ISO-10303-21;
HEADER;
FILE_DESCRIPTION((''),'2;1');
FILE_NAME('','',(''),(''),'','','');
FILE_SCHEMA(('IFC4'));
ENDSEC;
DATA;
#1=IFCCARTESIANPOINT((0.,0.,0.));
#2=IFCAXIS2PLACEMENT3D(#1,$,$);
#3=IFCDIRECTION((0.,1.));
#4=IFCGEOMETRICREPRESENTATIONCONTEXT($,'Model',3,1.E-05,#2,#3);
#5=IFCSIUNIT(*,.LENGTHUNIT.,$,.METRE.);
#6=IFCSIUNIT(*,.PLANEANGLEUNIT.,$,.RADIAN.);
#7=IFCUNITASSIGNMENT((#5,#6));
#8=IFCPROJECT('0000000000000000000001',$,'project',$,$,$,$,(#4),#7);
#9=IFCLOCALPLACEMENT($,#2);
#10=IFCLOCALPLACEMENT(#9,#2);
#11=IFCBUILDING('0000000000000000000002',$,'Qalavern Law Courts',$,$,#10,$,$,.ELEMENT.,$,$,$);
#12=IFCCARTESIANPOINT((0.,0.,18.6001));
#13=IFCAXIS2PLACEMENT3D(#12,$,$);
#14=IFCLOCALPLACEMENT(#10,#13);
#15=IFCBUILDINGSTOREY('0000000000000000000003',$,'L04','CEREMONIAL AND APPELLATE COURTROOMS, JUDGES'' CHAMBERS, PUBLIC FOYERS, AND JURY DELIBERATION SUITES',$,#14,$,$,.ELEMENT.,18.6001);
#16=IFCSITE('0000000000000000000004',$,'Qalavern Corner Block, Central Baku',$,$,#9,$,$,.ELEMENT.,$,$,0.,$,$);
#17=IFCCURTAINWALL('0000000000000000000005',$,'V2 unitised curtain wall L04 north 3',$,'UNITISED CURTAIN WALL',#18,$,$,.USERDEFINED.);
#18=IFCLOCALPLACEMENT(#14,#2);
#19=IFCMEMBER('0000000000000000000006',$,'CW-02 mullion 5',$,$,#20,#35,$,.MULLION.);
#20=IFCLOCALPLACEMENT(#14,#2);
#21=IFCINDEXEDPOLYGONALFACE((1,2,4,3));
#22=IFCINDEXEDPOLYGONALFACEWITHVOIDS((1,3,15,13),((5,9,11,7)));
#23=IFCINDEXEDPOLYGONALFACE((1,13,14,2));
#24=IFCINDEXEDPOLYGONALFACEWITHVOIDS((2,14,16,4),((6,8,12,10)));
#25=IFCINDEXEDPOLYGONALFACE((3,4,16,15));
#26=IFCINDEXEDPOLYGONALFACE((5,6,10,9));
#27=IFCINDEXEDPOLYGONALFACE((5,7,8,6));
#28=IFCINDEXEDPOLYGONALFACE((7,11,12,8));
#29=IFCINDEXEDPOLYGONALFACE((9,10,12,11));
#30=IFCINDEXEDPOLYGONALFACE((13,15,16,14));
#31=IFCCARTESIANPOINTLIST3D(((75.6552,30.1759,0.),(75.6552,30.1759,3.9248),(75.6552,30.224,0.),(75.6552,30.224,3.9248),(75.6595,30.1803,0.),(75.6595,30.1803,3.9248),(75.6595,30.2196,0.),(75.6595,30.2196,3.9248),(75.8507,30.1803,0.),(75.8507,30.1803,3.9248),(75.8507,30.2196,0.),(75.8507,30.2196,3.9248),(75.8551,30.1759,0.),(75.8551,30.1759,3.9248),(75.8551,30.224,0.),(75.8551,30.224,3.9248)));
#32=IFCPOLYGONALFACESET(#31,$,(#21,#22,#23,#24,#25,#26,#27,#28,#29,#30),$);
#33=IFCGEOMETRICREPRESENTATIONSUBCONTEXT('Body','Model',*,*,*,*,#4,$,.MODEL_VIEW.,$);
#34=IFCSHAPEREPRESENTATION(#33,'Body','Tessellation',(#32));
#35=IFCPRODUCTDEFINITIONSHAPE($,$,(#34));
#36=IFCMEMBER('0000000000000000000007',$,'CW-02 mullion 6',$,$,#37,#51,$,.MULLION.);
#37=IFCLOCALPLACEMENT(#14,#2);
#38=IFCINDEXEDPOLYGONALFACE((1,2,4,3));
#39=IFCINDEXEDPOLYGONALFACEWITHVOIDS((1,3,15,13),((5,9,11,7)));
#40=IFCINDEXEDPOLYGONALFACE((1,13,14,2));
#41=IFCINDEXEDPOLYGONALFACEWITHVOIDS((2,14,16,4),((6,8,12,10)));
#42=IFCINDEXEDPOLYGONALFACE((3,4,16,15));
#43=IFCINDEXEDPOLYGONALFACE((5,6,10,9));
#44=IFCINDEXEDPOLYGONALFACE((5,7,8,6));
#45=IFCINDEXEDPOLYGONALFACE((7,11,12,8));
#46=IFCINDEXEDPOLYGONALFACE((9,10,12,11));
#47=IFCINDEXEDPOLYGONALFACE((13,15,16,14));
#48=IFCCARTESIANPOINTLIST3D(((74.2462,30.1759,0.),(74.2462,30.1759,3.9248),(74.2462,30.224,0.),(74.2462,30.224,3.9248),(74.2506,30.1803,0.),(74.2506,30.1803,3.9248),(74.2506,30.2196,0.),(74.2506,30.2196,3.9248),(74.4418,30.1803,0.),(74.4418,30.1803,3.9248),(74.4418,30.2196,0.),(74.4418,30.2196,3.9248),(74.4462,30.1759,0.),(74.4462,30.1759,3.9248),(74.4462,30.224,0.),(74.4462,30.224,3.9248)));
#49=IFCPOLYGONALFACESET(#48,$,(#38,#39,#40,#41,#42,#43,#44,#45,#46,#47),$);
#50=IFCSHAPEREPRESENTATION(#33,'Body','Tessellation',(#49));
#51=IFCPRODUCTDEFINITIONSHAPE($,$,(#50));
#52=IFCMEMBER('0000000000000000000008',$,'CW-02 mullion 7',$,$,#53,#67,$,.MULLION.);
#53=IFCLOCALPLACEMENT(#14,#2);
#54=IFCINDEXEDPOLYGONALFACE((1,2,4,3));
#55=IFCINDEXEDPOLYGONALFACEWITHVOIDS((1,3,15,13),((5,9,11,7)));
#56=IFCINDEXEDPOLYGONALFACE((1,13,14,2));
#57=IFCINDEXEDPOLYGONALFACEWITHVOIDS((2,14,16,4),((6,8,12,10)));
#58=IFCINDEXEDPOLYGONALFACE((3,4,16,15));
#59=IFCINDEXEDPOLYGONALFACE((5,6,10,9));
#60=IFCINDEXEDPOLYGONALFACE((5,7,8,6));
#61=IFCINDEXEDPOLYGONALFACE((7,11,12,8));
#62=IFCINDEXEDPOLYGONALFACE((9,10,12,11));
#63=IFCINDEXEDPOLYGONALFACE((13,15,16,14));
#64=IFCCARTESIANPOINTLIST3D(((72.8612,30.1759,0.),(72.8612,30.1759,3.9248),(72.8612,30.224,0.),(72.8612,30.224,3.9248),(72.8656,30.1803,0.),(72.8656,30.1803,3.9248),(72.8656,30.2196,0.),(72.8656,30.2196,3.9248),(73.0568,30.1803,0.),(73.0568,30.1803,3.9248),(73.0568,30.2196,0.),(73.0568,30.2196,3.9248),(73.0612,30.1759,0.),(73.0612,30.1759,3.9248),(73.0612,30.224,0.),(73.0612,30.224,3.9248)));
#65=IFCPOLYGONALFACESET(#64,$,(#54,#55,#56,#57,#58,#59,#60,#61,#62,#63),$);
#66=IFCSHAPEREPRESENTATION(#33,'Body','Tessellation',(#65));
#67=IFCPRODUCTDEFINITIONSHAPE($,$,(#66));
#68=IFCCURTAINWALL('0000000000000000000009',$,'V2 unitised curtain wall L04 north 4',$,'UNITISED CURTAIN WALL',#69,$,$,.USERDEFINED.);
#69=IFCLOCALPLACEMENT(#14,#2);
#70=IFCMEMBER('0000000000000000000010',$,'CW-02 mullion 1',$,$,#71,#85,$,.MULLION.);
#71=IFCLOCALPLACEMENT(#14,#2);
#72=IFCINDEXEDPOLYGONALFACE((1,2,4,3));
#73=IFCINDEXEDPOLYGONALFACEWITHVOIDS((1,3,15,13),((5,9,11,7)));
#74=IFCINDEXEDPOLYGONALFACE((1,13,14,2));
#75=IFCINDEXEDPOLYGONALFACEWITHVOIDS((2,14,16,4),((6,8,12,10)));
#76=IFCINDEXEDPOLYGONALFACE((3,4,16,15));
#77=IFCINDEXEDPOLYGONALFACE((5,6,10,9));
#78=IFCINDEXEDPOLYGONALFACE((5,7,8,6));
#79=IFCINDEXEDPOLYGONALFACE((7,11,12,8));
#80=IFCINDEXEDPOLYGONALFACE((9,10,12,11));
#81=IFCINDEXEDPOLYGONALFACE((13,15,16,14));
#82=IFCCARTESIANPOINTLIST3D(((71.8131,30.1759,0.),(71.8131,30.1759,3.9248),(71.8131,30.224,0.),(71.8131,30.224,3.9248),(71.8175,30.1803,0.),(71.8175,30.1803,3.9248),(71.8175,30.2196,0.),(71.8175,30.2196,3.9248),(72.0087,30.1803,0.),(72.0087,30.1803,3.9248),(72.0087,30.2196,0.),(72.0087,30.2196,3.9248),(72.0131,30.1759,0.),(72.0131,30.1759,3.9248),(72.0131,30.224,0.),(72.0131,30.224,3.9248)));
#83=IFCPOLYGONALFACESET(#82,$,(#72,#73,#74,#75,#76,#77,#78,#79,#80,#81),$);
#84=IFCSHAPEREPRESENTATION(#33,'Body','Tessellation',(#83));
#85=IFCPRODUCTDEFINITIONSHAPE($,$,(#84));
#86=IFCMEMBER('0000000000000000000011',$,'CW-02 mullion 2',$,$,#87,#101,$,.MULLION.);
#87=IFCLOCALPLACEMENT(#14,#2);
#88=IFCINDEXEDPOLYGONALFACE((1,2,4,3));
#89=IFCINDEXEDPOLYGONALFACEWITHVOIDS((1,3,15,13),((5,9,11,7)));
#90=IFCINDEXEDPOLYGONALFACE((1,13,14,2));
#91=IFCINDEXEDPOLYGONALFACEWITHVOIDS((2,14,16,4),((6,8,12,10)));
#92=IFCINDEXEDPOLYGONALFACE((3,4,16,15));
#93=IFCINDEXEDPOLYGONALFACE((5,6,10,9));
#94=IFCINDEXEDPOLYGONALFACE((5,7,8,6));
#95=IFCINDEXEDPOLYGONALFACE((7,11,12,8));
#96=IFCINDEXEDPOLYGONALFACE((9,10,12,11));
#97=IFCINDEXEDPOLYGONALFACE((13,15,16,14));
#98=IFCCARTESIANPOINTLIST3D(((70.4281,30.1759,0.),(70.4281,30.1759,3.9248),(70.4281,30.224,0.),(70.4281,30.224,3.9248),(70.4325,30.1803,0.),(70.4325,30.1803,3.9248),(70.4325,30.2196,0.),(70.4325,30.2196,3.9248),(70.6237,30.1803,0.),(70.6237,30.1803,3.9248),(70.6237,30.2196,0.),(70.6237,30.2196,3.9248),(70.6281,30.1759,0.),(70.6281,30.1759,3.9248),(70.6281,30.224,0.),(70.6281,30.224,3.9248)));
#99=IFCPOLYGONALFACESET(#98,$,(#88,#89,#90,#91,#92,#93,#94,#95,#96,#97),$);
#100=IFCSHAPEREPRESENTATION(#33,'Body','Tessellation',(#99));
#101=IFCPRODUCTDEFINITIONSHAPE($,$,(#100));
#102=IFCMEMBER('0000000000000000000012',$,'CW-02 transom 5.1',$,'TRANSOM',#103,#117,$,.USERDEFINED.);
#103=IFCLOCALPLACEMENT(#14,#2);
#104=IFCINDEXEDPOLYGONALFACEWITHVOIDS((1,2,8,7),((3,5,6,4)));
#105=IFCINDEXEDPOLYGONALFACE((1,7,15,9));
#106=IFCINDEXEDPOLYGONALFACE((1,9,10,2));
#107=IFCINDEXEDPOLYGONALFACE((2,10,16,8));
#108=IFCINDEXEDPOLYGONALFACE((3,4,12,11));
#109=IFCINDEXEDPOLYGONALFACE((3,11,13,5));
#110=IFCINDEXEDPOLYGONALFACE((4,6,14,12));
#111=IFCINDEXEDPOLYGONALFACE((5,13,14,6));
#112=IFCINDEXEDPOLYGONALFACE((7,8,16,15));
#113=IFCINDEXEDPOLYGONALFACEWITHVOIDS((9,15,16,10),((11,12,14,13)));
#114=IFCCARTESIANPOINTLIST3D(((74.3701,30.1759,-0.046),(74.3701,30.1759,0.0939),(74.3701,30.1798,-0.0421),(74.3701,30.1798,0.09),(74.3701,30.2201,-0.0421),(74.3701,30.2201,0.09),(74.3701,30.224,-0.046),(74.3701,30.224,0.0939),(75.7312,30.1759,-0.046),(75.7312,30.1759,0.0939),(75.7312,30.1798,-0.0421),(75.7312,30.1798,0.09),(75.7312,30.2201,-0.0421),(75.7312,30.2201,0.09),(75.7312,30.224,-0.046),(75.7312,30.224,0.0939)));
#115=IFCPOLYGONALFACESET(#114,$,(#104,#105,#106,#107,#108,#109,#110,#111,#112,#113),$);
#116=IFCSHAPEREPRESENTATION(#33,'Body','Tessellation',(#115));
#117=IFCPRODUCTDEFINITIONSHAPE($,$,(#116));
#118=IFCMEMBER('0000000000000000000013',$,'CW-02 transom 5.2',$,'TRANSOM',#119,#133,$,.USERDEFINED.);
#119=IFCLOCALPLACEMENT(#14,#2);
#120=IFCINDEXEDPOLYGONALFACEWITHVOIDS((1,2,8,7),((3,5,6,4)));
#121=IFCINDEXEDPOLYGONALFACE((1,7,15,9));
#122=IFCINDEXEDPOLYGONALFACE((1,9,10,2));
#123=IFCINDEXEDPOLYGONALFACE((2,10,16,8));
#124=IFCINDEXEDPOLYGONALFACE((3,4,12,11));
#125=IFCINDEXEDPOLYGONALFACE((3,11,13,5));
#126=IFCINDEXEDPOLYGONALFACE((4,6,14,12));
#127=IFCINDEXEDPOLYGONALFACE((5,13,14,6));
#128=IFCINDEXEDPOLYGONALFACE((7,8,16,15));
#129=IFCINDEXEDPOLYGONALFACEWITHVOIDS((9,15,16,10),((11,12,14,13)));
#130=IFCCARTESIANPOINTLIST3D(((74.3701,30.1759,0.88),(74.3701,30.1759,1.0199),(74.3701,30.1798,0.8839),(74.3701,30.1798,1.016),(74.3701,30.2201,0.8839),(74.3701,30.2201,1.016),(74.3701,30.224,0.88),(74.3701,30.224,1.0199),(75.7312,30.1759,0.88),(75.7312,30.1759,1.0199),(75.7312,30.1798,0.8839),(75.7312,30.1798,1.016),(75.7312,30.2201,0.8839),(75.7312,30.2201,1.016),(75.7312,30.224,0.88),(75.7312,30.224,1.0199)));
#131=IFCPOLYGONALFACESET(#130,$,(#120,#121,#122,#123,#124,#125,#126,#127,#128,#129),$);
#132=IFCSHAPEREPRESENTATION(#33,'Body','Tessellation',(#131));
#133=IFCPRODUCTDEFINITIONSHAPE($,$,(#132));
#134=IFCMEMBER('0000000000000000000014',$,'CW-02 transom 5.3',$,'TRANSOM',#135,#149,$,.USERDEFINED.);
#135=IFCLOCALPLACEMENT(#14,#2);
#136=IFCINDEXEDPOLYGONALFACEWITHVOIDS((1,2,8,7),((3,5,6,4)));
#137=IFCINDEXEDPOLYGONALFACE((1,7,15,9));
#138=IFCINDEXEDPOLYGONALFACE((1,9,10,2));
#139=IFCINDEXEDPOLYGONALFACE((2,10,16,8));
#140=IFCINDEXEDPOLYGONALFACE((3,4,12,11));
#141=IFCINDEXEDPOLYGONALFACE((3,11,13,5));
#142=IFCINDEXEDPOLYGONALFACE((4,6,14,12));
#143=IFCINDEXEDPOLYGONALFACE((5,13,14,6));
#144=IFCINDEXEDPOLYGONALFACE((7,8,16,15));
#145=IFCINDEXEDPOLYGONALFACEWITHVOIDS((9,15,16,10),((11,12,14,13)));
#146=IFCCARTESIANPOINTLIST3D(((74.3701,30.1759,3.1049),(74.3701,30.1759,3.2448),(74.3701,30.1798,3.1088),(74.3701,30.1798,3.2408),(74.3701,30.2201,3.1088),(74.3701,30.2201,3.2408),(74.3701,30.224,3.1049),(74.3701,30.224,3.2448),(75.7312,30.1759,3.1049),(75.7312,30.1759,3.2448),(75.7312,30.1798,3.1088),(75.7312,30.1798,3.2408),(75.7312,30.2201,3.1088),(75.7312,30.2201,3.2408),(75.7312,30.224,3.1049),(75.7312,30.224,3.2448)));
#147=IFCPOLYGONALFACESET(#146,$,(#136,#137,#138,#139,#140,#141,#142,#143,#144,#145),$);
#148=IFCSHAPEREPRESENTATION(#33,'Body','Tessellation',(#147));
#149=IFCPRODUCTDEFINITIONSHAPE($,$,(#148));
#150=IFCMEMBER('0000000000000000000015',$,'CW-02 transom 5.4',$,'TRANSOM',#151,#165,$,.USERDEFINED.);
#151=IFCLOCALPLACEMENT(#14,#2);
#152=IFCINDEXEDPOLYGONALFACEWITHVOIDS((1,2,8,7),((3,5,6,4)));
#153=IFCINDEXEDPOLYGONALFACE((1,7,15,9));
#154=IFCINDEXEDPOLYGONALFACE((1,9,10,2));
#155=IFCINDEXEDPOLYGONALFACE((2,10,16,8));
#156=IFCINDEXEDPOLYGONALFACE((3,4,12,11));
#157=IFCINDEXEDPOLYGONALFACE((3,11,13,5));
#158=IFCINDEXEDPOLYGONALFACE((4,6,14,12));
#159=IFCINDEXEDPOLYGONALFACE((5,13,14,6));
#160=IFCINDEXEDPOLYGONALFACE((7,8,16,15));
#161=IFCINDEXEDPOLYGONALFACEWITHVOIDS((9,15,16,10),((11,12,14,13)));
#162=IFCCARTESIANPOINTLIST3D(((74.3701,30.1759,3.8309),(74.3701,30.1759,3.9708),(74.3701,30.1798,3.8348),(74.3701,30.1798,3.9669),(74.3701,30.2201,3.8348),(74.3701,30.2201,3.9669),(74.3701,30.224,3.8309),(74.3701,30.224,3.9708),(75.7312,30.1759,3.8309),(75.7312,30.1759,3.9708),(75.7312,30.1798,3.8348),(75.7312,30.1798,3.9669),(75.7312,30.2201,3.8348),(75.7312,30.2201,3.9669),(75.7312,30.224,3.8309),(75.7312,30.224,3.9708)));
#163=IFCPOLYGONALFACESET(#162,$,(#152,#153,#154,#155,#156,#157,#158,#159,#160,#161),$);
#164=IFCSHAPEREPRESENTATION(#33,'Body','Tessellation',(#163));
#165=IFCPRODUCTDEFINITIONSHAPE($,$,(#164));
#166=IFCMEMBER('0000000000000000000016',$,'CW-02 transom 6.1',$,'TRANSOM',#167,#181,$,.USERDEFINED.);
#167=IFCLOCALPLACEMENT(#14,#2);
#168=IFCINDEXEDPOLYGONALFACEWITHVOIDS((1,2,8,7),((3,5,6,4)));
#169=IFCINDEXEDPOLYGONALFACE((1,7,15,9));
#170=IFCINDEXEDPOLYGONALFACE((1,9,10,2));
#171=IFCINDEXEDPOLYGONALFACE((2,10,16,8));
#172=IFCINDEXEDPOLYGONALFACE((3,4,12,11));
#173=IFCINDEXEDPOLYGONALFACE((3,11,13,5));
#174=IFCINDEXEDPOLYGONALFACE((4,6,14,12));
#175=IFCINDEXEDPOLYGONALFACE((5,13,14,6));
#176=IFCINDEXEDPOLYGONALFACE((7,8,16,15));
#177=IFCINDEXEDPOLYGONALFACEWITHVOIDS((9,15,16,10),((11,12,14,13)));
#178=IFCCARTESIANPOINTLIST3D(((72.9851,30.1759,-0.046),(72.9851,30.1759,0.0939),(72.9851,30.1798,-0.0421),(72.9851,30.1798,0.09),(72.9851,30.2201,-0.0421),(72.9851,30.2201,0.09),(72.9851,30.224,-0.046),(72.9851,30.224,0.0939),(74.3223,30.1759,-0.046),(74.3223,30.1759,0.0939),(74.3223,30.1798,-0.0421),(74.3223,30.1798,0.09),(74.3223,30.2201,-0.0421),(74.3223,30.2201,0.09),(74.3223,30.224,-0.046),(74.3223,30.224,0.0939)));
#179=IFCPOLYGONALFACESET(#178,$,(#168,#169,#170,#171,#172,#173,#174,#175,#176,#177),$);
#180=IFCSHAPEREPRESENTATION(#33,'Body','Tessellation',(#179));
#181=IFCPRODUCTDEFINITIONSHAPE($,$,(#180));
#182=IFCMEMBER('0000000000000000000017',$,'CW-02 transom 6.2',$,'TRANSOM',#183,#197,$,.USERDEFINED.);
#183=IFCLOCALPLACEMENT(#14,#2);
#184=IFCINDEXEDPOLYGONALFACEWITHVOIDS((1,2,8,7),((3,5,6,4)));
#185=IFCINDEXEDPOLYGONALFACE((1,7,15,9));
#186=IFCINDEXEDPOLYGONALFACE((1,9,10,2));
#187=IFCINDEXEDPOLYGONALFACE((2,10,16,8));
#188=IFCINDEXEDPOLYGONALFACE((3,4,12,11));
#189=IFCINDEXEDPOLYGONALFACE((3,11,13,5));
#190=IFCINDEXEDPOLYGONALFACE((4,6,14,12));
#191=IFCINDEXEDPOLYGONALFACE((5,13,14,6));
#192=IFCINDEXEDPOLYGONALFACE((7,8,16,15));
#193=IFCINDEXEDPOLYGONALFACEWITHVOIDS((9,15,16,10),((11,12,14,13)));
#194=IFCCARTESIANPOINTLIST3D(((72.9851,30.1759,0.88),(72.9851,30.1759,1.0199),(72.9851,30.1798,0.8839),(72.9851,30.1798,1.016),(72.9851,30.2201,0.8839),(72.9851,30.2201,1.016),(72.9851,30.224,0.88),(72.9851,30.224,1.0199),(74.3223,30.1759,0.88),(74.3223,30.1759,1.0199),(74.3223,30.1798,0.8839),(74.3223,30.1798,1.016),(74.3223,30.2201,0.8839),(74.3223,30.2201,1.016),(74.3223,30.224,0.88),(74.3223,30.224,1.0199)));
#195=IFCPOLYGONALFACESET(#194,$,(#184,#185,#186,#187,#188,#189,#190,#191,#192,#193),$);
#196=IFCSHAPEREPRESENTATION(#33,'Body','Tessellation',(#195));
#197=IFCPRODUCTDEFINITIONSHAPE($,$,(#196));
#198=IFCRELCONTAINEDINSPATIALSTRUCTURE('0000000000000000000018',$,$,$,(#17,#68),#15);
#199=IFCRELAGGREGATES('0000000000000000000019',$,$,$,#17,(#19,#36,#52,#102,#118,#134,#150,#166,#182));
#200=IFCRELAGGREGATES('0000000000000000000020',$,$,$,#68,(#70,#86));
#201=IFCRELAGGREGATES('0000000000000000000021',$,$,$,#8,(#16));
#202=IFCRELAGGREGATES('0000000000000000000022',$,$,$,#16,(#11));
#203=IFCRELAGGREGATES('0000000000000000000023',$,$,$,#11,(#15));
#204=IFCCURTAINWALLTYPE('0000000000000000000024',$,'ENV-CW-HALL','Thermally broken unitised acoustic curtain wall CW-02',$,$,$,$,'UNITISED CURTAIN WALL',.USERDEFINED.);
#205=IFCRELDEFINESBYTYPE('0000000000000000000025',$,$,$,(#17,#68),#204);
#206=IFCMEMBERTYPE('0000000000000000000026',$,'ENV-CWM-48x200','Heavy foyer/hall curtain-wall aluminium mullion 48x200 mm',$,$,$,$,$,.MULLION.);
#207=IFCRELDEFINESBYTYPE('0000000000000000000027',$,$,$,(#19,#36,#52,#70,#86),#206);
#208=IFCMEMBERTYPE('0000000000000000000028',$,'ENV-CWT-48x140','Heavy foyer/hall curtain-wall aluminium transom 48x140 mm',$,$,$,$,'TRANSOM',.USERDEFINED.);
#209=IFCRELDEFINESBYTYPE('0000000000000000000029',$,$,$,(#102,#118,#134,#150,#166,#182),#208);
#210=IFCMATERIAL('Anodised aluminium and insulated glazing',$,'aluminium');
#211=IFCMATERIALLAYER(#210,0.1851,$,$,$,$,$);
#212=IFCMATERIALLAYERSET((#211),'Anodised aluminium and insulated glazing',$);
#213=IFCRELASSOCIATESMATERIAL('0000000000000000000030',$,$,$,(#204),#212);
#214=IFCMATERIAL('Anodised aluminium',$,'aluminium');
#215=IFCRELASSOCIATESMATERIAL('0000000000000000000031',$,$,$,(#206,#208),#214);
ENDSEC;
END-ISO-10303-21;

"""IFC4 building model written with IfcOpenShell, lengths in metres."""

from ifc_helpers import new_model, si_unit, direction, frame, origin, origin_2d, place, context, subcontext, project, spatial, hollow_rectangle, extrude, material, layer, layer_set, material_profile, profile_set, type_object, element, aggregate, save


model = new_model("IFC4")

# Units and contexts
model_context = context("Model", 3, precision=1e-05, world=origin(), true_north=direction((0.0, 1.0)))
body_context = subcontext(model_context, "Body", "Model", "MODEL_VIEW")
ifc_project = project(units=[si_unit("LENGTHUNIT", "METRE"), si_unit("PLANEANGLEUNIT", "RADIAN")], contexts=[model_context])

# Site, building, storey
site_placement = place(None, origin())
site = spatial("IfcSite", under=ifc_project, at=site_placement, Name="Qalavern Corner Block, Central Baku", CompositionType="ELEMENT", RefElevation=0.0)
building_placement = place(site_placement, origin())
building = spatial("IfcBuilding", under=site, at=building_placement, Name="Qalavern Law Courts", CompositionType="ELEMENT")
storey_placement = place(building_placement, frame((0.0, 0.0, 18.6001)))
storey = spatial("IfcBuildingStorey", under=building, at=storey_placement, Name="L04", Description="CEREMONIAL AND APPELLATE COURTROOMS, JUDGES' CHAMBERS, PUBLIC FOYERS, AND JURY DELIBERATION SUITES", CompositionType="ELEMENT", Elevation=18.6001)

# Curtain walls, members
ifc_material_1 = material(Name="Anodised aluminium and insulated glazing", Category="aluminium")
ifc_layer_1 = layer(ifc_material_1, 0.1851)
ifc_layer_set_1 = layer_set([ifc_layer_1], Name="Anodised aluminium and insulated glazing")
curtain_wall_type = type_object("IfcCurtainWallType", Name="ENV-CW-HALL", Description="Thermally broken unitised acoustic curtain wall CW-02", ElementType="UNITISED CURTAIN WALL", PredefinedType="USERDEFINED", material=ifc_layer_set_1)
curtain_wall_1_placement = place(storey_placement, origin())
curtain_wall_1 = element("IfcCurtainWall", 1, at=curtain_wall_1_placement, inside=storey, type_object=curtain_wall_type, Name="V2 unitised curtain wall L04 north 3", ObjectType="UNITISED CURTAIN WALL", PredefinedType="USERDEFINED")
ifc_material_2 = material(Name="Anodised aluminium", Category="aluminium")
ifc_material_profile_1 = material_profile(ifc_material_2, hollow_rectangle(XDim=0.0481, YDim=0.2, WallThickness=0.0044, at=origin_2d()), Name="ALU MULLION 48x200")
ifc_profile_set_1 = profile_set([ifc_material_profile_1], Name="Anodised aluminium")
member_type_1 = type_object("IfcMemberType", Name="ENV-CWM-48x200", Description="Heavy foyer/hall curtain-wall aluminium mullion 48x200 mm", PredefinedType="MULLION", material=ifc_profile_set_1)
member_1_placement = place(storey_placement, frame((75.7551, 30.2, 0.0), z_axis=(0.0, 0.0, 1.0), x_axis=(0.0, -1.0, 0.0)))
member_1 = element("IfcMember", 2, at=member_1_placement, type_object=member_type_1, Name="CW-02 mullion 5", PredefinedType="MULLION", context=body_context, shape_type="SweptSolid", body=[
    extrude(hollow_rectangle(XDim=0.0481, YDim=0.2, WallThickness=0.0044, at=origin_2d()), origin(), (0.0, 0.0, 1.0), 3.9248),
])
member_2_placement = place(storey_placement, frame((74.3462, 30.2, 0.0), z_axis=(0.0, 0.0, 1.0), x_axis=(0.0, -1.0, 0.0)))
member_2 = element("IfcMember", 3, at=member_2_placement, type_object=member_type_1, Name="CW-02 mullion 6", PredefinedType="MULLION", context=body_context, shape_type="SweptSolid", body=[
    extrude(hollow_rectangle(XDim=0.0481, YDim=0.2, WallThickness=0.0044, at=origin_2d()), origin(), (0.0, 0.0, 1.0), 3.9248),
])
member_3_placement = place(storey_placement, frame((72.9612, 30.2, 0.0), z_axis=(0.0, 0.0, 1.0), x_axis=(0.0, -1.0, 0.0)))
member_3 = element("IfcMember", 4, at=member_3_placement, type_object=member_type_1, Name="CW-02 mullion 7", PredefinedType="MULLION", context=body_context, shape_type="SweptSolid", body=[
    extrude(hollow_rectangle(XDim=0.0481, YDim=0.2, WallThickness=0.0044, at=origin_2d()), origin(), (0.0, 0.0, 1.0), 3.9248),
])
curtain_wall_2_placement = place(storey_placement, origin())
curtain_wall_2 = element("IfcCurtainWall", 5, at=curtain_wall_2_placement, inside=storey, type_object=curtain_wall_type, Name="V2 unitised curtain wall L04 north 4", ObjectType="UNITISED CURTAIN WALL", PredefinedType="USERDEFINED")
member_4_placement = place(storey_placement, frame((71.9131, 30.2, 0.0), z_axis=(0.0, 0.0, 1.0), x_axis=(0.0, -1.0, 0.0)))
member_4 = element("IfcMember", 6, at=member_4_placement, type_object=member_type_1, Name="CW-02 mullion 1", PredefinedType="MULLION", context=body_context, shape_type="SweptSolid", body=[
    extrude(hollow_rectangle(XDim=0.0481, YDim=0.2, WallThickness=0.0044, at=origin_2d()), origin(), (0.0, 0.0, 1.0), 3.9248),
])
member_5_placement = place(storey_placement, frame((70.5281, 30.2, 0.0), z_axis=(0.0, 0.0, 1.0), x_axis=(0.0, -1.0, 0.0)))
member_5 = element("IfcMember", 7, at=member_5_placement, type_object=member_type_1, Name="CW-02 mullion 2", PredefinedType="MULLION", context=body_context, shape_type="SweptSolid", body=[
    extrude(hollow_rectangle(XDim=0.0481, YDim=0.2, WallThickness=0.0044, at=origin_2d()), origin(), (0.0, 0.0, 1.0), 3.9248),
])

# Members
ifc_material_profile_2 = material_profile(ifc_material_2, hollow_rectangle(XDim=0.0481, YDim=0.1399, WallThickness=0.0039, at=origin_2d()), Name="ALU TRANSOM 48x140")
ifc_profile_set_2 = profile_set([ifc_material_profile_2], Name="Anodised aluminium")
member_type_2 = type_object("IfcMemberType", Name="ENV-CWT-48x140", Description="Heavy foyer/hall curtain-wall aluminium transom 48x140 mm", ElementType="TRANSOM", PredefinedType="USERDEFINED", material=ifc_profile_set_2)
member_6_placement = place(storey_placement, frame((75.7312, 30.2, 0.0239), z_axis=(-1.0, 0.0, 0.0), x_axis=(0.0, -1.0, 0.0)))
member_6 = element("IfcMember", 8, at=member_6_placement, type_object=member_type_2, Name="CW-02 transom 5.1", ObjectType="TRANSOM", PredefinedType="USERDEFINED", context=body_context, shape_type="SweptSolid", body=[
    extrude(hollow_rectangle(XDim=0.0481, YDim=0.1399, WallThickness=0.0039, at=origin_2d()), origin(), (0.0, 0.0, 1.0), 1.3611),
])
member_7_placement = place(storey_placement, frame((75.7312, 30.2, 0.95), z_axis=(-1.0, 0.0, 0.0), x_axis=(0.0, -1.0, 0.0)))
member_7 = element("IfcMember", 9, at=member_7_placement, type_object=member_type_2, Name="CW-02 transom 5.2", ObjectType="TRANSOM", PredefinedType="USERDEFINED", context=body_context, shape_type="SweptSolid", body=[
    extrude(hollow_rectangle(XDim=0.0481, YDim=0.1399, WallThickness=0.0039, at=origin_2d()), origin(), (0.0, 0.0, 1.0), 1.3611),
])
member_8_placement = place(storey_placement, frame((75.7312, 30.2, 3.1748), z_axis=(-1.0, 0.0, 0.0), x_axis=(0.0, -1.0, 0.0)))
member_8 = element("IfcMember", 10, at=member_8_placement, type_object=member_type_2, Name="CW-02 transom 5.3", ObjectType="TRANSOM", PredefinedType="USERDEFINED", context=body_context, shape_type="SweptSolid", body=[
    extrude(hollow_rectangle(XDim=0.0481, YDim=0.1399, WallThickness=0.0039, at=origin_2d()), origin(), (0.0, 0.0, 1.0), 1.3611),
])
member_9_placement = place(storey_placement, frame((75.7312, 30.2, 3.9009), z_axis=(-1.0, 0.0, 0.0), x_axis=(0.0, -1.0, 0.0)))
member_9 = element("IfcMember", 11, at=member_9_placement, type_object=member_type_2, Name="CW-02 transom 5.4", ObjectType="TRANSOM", PredefinedType="USERDEFINED", context=body_context, shape_type="SweptSolid", body=[
    extrude(hollow_rectangle(XDim=0.0481, YDim=0.1399, WallThickness=0.0039, at=origin_2d()), origin(), (0.0, 0.0, 1.0), 1.3611),
])
member_10_placement = place(storey_placement, frame((74.3223, 30.2, 0.0239), z_axis=(-1.0, 0.0, 0.0), x_axis=(0.0, -1.0, 0.0)))
member_10 = element("IfcMember", 12, at=member_10_placement, type_object=member_type_2, Name="CW-02 transom 6.1", ObjectType="TRANSOM", PredefinedType="USERDEFINED", context=body_context, shape_type="SweptSolid", body=[
    extrude(hollow_rectangle(XDim=0.0481, YDim=0.1399, WallThickness=0.0039, at=origin_2d()), origin(), (0.0, 0.0, 1.0), 1.3372),
])
member_11_placement = place(storey_placement, frame((74.3223, 30.2, 0.95), z_axis=(-1.0, 0.0, 0.0), x_axis=(0.0, -1.0, 0.0)))
member_11 = element("IfcMember", 13, at=member_11_placement, type_object=member_type_2, Name="CW-02 transom 6.2", ObjectType="TRANSOM", PredefinedType="USERDEFINED", context=body_context, shape_type="SweptSolid", body=[
    extrude(hollow_rectangle(XDim=0.0481, YDim=0.1399, WallThickness=0.0039, at=origin_2d()), origin(), (0.0, 0.0, 1.0), 1.3372),
])

aggregate(curtain_wall_1, [member_1, member_2, member_3, member_6, member_7, member_8, member_9, member_10, member_11])
aggregate(curtain_wall_2, [member_4, member_5])

save(model, "model.ifc")
